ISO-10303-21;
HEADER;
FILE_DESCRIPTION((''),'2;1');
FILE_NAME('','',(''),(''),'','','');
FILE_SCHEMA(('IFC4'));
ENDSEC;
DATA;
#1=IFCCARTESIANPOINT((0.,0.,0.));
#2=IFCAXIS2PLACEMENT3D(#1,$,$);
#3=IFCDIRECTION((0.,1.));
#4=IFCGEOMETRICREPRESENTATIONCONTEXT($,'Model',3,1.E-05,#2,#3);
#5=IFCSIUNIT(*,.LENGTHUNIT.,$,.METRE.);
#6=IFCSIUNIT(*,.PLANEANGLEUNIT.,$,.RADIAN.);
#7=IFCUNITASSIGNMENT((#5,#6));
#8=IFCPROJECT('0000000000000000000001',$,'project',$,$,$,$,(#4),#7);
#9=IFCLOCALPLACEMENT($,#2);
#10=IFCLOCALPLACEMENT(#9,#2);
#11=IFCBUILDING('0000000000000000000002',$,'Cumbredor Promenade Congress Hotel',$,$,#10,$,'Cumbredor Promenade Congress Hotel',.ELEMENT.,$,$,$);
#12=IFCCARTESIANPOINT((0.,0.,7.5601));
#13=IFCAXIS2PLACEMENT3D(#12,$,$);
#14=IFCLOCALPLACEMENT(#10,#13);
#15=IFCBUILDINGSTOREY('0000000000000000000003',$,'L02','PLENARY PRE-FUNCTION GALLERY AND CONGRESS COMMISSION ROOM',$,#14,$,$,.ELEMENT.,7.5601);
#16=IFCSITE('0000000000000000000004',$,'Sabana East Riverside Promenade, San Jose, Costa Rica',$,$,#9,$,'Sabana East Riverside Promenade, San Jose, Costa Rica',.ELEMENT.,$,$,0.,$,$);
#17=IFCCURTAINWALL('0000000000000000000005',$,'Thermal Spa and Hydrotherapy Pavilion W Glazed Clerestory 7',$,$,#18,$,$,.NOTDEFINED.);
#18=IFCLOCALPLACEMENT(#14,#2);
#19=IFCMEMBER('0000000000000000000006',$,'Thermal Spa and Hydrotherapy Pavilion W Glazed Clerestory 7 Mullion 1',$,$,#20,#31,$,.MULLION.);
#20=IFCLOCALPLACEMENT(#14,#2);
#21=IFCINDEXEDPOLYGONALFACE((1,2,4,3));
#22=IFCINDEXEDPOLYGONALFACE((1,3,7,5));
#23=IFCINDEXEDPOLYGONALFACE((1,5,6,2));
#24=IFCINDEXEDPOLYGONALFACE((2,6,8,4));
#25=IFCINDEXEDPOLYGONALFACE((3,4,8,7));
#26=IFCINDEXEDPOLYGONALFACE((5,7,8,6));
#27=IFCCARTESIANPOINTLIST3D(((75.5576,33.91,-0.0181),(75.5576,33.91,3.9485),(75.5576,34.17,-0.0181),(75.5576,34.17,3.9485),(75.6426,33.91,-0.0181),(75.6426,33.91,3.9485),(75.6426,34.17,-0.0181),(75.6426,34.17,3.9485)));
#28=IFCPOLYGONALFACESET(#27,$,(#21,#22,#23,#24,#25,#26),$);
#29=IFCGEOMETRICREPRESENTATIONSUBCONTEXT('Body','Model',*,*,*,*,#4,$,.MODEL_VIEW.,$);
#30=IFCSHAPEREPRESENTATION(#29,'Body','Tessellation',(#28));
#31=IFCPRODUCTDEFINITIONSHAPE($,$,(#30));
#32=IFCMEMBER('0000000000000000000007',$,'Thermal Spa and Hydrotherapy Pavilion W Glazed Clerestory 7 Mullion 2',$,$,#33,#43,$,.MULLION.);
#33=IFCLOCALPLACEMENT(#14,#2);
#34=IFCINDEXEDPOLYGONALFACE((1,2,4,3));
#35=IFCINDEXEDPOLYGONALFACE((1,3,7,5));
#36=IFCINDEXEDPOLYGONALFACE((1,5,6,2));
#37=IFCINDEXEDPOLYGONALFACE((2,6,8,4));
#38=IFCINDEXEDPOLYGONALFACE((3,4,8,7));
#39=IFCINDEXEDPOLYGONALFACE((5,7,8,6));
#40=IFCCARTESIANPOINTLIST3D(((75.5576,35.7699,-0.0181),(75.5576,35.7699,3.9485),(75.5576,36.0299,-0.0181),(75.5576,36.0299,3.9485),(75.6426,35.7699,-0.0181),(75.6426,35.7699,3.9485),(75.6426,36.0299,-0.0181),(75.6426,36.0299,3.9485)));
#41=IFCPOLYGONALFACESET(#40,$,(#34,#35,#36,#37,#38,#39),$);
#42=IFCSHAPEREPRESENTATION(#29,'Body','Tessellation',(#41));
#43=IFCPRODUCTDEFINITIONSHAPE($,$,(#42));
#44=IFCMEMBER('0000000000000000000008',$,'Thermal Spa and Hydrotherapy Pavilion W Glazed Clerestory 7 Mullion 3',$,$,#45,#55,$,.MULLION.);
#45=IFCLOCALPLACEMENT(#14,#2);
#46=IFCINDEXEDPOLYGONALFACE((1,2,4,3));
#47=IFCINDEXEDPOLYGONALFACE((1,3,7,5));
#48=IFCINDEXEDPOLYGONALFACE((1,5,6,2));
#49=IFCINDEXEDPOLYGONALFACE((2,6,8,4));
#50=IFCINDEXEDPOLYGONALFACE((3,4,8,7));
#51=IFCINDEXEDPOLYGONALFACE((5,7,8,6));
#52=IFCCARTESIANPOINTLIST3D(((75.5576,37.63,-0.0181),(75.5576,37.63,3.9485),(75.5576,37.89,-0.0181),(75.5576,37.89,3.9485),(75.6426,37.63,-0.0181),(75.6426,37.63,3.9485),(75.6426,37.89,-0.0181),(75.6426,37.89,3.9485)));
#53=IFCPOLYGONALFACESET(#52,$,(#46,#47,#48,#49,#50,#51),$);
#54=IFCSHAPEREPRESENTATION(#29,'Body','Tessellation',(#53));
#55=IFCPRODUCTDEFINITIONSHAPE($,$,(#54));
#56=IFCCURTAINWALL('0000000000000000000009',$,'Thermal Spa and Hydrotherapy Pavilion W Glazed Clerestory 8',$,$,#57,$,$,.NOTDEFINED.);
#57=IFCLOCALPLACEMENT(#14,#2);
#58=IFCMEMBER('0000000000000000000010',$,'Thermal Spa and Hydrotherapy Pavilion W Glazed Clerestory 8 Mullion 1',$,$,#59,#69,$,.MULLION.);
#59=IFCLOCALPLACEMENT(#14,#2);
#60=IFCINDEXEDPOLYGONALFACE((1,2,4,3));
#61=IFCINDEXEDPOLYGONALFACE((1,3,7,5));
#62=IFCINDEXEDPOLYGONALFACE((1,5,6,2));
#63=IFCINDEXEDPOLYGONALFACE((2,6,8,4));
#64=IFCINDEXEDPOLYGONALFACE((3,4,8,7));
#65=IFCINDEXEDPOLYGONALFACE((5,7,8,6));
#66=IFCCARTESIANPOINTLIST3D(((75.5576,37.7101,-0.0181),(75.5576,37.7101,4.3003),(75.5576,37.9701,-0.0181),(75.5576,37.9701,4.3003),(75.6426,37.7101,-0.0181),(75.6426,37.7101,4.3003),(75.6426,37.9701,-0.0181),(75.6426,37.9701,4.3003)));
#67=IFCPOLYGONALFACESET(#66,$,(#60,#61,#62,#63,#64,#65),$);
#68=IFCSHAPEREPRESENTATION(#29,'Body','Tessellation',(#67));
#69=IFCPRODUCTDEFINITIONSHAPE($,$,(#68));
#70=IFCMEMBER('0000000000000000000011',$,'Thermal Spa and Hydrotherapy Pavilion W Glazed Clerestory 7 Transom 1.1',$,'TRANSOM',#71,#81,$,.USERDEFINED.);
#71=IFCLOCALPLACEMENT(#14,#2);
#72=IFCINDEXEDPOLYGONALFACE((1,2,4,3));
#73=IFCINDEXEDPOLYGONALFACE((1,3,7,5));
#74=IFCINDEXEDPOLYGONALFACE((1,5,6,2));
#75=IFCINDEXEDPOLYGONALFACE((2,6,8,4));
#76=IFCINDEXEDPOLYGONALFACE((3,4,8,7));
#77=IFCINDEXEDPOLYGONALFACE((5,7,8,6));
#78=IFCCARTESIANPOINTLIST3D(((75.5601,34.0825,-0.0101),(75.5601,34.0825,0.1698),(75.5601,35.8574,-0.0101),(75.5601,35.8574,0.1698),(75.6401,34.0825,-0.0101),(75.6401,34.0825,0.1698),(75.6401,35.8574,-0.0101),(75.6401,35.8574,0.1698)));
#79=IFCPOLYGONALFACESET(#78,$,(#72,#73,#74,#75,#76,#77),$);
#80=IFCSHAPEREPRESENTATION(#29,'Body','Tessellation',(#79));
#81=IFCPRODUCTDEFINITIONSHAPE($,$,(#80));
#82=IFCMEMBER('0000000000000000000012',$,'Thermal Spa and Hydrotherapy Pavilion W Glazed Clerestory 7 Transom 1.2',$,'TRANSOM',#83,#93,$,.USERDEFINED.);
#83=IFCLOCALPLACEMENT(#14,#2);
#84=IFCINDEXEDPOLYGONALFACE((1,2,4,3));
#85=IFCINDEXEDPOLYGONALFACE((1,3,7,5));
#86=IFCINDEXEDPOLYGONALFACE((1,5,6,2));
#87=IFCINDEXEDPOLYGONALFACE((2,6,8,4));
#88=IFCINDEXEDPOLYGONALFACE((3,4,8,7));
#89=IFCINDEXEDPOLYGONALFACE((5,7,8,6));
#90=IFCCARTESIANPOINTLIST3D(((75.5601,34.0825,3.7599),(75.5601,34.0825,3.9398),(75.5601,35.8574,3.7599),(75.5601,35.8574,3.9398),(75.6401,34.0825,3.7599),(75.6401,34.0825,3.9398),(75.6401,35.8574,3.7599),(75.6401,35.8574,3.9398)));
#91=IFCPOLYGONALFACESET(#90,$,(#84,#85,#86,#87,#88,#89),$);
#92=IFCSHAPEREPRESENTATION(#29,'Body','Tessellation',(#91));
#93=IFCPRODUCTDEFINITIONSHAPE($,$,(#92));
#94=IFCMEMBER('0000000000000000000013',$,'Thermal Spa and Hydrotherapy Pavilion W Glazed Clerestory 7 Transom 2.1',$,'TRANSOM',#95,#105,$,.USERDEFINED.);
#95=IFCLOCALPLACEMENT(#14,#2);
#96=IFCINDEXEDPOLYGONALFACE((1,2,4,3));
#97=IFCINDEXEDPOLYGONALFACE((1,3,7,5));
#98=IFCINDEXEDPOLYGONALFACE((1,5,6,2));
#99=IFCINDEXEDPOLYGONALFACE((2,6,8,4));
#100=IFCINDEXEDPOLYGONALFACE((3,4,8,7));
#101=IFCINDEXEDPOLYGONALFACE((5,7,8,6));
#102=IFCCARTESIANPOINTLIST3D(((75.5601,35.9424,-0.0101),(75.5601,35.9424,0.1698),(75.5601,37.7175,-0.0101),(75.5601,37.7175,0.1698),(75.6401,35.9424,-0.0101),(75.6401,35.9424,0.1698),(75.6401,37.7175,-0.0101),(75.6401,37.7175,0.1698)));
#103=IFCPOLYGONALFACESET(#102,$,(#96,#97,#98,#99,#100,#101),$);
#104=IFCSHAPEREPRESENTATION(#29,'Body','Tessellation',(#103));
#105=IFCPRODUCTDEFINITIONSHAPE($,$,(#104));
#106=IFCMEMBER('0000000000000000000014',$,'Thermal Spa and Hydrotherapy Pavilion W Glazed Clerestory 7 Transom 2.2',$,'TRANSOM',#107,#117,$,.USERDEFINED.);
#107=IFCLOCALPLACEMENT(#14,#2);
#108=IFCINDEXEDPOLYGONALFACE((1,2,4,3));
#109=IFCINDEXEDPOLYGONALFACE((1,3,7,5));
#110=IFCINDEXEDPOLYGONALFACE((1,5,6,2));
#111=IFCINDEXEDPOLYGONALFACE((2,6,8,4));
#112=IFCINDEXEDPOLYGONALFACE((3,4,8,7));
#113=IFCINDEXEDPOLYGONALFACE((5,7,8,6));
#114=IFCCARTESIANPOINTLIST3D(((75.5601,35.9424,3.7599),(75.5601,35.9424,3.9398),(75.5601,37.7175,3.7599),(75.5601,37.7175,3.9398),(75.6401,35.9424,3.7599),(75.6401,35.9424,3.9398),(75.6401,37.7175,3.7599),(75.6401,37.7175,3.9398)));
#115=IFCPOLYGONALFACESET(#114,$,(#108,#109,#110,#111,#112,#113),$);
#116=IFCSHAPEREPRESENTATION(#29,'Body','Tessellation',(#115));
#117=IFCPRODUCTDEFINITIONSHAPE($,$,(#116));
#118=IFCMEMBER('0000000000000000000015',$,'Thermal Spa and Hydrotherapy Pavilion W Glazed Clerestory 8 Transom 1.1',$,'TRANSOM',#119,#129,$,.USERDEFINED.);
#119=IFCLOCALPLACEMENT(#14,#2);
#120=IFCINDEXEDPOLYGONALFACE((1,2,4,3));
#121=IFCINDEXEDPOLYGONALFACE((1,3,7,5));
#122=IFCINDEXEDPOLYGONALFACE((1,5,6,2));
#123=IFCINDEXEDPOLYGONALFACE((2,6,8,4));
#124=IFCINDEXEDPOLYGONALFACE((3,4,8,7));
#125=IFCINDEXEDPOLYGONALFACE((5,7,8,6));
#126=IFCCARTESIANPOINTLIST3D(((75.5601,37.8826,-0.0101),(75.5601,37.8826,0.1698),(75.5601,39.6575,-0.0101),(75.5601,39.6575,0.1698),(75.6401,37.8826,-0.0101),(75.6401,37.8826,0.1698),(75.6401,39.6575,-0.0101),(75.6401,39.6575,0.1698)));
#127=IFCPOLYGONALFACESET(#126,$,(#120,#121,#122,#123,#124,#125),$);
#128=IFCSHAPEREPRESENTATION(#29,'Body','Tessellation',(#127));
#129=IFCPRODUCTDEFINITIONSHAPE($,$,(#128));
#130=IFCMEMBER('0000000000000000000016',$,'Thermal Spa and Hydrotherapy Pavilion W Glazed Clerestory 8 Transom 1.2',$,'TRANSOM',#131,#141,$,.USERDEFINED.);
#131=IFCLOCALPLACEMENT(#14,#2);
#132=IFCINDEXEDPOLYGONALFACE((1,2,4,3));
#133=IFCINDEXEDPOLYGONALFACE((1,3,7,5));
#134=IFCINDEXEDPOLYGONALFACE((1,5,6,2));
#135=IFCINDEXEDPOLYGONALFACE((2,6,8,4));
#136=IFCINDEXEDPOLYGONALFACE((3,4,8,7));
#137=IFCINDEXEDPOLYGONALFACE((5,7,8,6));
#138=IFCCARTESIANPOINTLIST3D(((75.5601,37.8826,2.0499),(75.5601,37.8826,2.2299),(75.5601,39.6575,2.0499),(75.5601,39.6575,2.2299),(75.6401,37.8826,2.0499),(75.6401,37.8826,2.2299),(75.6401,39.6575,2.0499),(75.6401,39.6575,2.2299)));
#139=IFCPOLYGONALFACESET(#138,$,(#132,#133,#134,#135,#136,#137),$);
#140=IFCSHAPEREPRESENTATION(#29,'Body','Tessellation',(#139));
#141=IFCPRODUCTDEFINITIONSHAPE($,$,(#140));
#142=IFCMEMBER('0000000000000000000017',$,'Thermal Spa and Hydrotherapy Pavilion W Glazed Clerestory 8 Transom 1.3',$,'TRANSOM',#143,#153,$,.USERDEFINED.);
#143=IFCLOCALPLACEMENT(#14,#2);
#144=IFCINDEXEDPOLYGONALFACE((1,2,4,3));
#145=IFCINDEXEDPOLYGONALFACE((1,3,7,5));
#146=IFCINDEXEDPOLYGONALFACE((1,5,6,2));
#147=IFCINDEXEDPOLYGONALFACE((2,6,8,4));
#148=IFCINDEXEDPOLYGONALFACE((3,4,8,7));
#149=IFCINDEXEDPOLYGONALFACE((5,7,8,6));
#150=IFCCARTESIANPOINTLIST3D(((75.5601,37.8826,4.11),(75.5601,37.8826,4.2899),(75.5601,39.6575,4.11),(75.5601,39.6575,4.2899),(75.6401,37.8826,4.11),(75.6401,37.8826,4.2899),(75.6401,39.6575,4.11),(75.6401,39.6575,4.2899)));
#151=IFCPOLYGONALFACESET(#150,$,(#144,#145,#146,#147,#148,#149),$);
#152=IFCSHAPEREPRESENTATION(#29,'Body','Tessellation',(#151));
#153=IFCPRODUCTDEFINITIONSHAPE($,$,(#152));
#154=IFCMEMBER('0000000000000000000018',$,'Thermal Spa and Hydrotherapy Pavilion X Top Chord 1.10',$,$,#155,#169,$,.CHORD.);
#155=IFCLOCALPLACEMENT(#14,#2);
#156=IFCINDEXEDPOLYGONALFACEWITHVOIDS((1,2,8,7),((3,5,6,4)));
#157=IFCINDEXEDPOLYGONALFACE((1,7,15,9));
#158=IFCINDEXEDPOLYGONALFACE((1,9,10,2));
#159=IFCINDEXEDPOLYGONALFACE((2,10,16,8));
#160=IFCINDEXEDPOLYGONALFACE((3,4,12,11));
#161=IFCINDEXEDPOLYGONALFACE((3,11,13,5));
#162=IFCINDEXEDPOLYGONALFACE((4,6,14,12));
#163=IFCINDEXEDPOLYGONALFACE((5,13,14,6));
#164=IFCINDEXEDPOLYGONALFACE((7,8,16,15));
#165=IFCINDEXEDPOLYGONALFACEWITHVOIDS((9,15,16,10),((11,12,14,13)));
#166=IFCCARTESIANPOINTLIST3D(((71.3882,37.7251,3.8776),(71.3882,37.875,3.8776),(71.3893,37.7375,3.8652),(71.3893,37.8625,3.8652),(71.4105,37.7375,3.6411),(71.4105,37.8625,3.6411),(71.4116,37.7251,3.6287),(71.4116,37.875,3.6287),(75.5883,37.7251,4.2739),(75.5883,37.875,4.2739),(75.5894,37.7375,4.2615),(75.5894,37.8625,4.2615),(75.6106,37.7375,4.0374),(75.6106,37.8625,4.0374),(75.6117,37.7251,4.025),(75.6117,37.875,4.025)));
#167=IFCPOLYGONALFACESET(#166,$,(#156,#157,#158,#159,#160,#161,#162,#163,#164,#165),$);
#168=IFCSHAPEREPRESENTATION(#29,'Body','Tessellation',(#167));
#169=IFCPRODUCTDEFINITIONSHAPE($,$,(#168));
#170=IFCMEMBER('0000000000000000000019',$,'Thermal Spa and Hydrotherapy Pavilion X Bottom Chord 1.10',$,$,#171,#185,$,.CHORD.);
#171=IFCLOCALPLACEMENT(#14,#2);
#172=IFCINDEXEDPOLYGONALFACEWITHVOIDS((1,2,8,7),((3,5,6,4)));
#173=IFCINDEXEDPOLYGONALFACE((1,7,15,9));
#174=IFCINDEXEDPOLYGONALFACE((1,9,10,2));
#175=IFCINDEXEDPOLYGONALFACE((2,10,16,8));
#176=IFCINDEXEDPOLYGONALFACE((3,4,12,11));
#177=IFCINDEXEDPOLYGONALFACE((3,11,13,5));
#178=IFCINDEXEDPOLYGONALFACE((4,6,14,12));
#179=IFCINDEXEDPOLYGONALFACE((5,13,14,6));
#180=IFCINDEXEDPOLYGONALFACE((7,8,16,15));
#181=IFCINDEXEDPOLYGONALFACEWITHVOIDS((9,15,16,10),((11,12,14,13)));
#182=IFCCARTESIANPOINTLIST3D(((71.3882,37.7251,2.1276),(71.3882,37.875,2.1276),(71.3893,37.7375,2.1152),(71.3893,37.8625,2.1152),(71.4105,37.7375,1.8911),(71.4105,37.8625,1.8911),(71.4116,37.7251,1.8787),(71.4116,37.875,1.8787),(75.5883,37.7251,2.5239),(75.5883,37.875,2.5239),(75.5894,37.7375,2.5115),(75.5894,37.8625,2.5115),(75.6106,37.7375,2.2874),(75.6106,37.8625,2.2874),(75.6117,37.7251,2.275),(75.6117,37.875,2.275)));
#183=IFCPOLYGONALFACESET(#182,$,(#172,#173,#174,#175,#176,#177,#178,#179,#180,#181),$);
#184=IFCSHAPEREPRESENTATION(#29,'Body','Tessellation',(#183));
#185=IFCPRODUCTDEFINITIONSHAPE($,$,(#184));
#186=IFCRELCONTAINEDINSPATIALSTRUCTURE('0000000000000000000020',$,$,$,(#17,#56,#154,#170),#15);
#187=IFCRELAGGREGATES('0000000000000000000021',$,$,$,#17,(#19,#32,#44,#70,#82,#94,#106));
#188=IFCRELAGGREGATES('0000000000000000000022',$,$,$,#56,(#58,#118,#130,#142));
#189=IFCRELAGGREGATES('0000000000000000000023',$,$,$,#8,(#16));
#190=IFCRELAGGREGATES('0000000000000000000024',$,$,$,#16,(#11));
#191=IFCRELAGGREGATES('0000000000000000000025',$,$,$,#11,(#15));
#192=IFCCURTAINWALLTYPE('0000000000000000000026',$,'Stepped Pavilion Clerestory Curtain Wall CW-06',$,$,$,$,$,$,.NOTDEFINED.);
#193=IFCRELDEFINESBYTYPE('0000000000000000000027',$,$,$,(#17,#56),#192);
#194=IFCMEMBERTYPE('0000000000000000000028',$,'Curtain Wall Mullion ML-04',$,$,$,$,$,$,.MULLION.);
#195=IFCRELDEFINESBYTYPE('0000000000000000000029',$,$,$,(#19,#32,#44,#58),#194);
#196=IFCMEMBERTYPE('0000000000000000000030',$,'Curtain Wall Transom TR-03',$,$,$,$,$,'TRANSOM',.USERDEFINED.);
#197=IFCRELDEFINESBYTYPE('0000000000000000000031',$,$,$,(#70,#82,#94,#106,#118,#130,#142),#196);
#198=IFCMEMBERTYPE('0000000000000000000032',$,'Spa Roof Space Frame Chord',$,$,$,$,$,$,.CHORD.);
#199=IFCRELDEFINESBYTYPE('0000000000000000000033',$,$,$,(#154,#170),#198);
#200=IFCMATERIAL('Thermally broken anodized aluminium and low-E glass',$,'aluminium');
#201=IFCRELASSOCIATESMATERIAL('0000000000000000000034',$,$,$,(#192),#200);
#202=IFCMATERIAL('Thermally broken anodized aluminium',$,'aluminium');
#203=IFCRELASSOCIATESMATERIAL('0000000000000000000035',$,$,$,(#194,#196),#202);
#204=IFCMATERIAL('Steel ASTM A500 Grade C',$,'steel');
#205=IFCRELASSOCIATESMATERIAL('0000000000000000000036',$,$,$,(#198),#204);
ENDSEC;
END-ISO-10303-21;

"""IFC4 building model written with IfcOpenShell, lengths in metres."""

from ifc_helpers import new_model, si_unit, direction, frame, origin, origin_2d, place, context, subcontext, project, spatial, rectangle, hollow_rectangle, extrude, material, material_profile, profile_set, type_object, element, aggregate, save


model = new_model("IFC4")

# Units and contexts
model_context = context("Model", 3, precision=1e-05, world=origin(), true_north=direction((0.0, 1.0)))
body_context = subcontext(model_context, "Body", "Model", "MODEL_VIEW")
ifc_project = project(units=[si_unit("LENGTHUNIT", "METRE"), si_unit("PLANEANGLEUNIT", "RADIAN")], contexts=[model_context])

# Site, building, storey
site_placement = place(None, origin())
site = spatial("IfcSite", under=ifc_project, at=site_placement, Name="Sabana East Riverside Promenade, San Jose, Costa Rica", LongName="Sabana East Riverside Promenade, San Jose, Costa Rica", CompositionType="ELEMENT", RefElevation=0.0)
building_placement = place(site_placement, origin())
building = spatial("IfcBuilding", under=site, at=building_placement, Name="Cumbredor Promenade Congress Hotel", LongName="Cumbredor Promenade Congress Hotel", CompositionType="ELEMENT")
storey_placement = place(building_placement, frame((0.0, 0.0, 7.5601)))
storey = spatial("IfcBuildingStorey", under=building, at=storey_placement, Name="L02", Description="PLENARY PRE-FUNCTION GALLERY AND CONGRESS COMMISSION ROOM", CompositionType="ELEMENT", Elevation=7.5601)

# Curtain wall, members
ifc_material_1 = material(Name="Thermally broken anodized aluminium and low-E glass", Category="aluminium")
curtain_wall_type = type_object("IfcCurtainWallType", Name="Stepped Pavilion Clerestory Curtain Wall CW-06", PredefinedType="NOTDEFINED", material=ifc_material_1)
curtain_wall_1_placement = place(storey_placement, origin())
curtain_wall_1 = element("IfcCurtainWall", 1, at=curtain_wall_1_placement, inside=storey, type_object=curtain_wall_type, Name="Thermal Spa and Hydrotherapy Pavilion W Glazed Clerestory 7", PredefinedType="NOTDEFINED")
ifc_material_2 = material(Name="Thermally broken anodized aluminium", Category="aluminium")
ifc_material_profile_1 = material_profile(ifc_material_2, rectangle(XDim=0.085, YDim=0.26, at=origin_2d()), Name="ALU MULLION CLERESTORY 85x260")
ifc_profile_set_1 = profile_set([ifc_material_profile_1], Name="Thermally broken anodized aluminium")
member_type_1 = type_object("IfcMemberType", Name="Curtain Wall Mullion ML-04", PredefinedType="MULLION", material=ifc_profile_set_1)
member_1_placement = place(storey_placement, frame((75.6001, 34.04, -0.0181), z_axis=(0.0, 0.0, 1.0), x_axis=(1.0, 0.0, 0.0)))
member_1 = element("IfcMember", 2, at=member_1_placement, type_object=member_type_1, Name="Thermal Spa and Hydrotherapy Pavilion W Glazed Clerestory 7 Mullion 1", PredefinedType="MULLION", context=body_context, shape_type="SweptSolid", body=[
    extrude(rectangle(XDim=0.085, YDim=0.26, at=origin_2d()), origin(), (0.0, 0.0, 1.0), 3.9666),
])
member_2_placement = place(storey_placement, frame((75.6001, 35.8999, -0.0181), z_axis=(0.0, 0.0, 1.0), x_axis=(1.0, 0.0, 0.0)))
member_2 = element("IfcMember", 3, at=member_2_placement, type_object=member_type_1, Name="Thermal Spa and Hydrotherapy Pavilion W Glazed Clerestory 7 Mullion 2", PredefinedType="MULLION", context=body_context, shape_type="SweptSolid", body=[
    extrude(rectangle(XDim=0.085, YDim=0.26, at=origin_2d()), origin(), (0.0, 0.0, 1.0), 3.9666),
])
member_3_placement = place(storey_placement, frame((75.6001, 37.76, -0.0181), z_axis=(0.0, 0.0, 1.0), x_axis=(1.0, 0.0, 0.0)))
member_3 = element("IfcMember", 4, at=member_3_placement, type_object=member_type_1, Name="Thermal Spa and Hydrotherapy Pavilion W Glazed Clerestory 7 Mullion 3", PredefinedType="MULLION", context=body_context, shape_type="SweptSolid", body=[
    extrude(rectangle(XDim=0.085, YDim=0.26, at=origin_2d()), origin(), (0.0, 0.0, 1.0), 3.9666),
])

# Curtain wall, member
curtain_wall_2_placement = place(storey_placement, origin())
curtain_wall_2 = element("IfcCurtainWall", 5, at=curtain_wall_2_placement, inside=storey, type_object=curtain_wall_type, Name="Thermal Spa and Hydrotherapy Pavilion W Glazed Clerestory 8", PredefinedType="NOTDEFINED")
member_4_placement = place(storey_placement, frame((75.6001, 37.8401, -0.0181), z_axis=(0.0, 0.0, 1.0), x_axis=(1.0, 0.0, 0.0)))
member_4 = element("IfcMember", 6, at=member_4_placement, type_object=member_type_1, Name="Thermal Spa and Hydrotherapy Pavilion W Glazed Clerestory 8 Mullion 1", PredefinedType="MULLION", context=body_context, shape_type="SweptSolid", body=[
    extrude(rectangle(XDim=0.085, YDim=0.26, at=origin_2d()), origin(), (0.0, 0.0, 1.0), 4.3184),
])

# Members
ifc_material_profile_2 = material_profile(ifc_material_2, rectangle(XDim=0.0801, YDim=0.1799, at=origin_2d()), Name="ALU TRANSOM 80x180")
ifc_profile_set_2 = profile_set([ifc_material_profile_2], Name="Thermally broken anodized aluminium")
member_type_2 = type_object("IfcMemberType", Name="Curtain Wall Transom TR-03", ElementType="TRANSOM", PredefinedType="USERDEFINED", material=ifc_profile_set_2)
member_5_placement = place(storey_placement, frame((75.6001, 34.0825, 0.0798), z_axis=(0.0, 1.0, 0.0), x_axis=(-1.0, 0.0, 0.0)))
member_5 = element("IfcMember", 7, at=member_5_placement, type_object=member_type_2, Name="Thermal Spa and Hydrotherapy Pavilion W Glazed Clerestory 7 Transom 1.1", ObjectType="TRANSOM", PredefinedType="USERDEFINED", context=body_context, shape_type="SweptSolid", body=[
    extrude(rectangle(XDim=0.0801, YDim=0.1799, at=origin_2d()), origin(), (0.0, 0.0, 1.0), 1.7749),
])
member_6_placement = place(storey_placement, frame((75.6001, 34.0825, 3.8499), z_axis=(0.0, 1.0, 0.0), x_axis=(-1.0, 0.0, 0.0)))
member_6 = element("IfcMember", 8, at=member_6_placement, type_object=member_type_2, Name="Thermal Spa and Hydrotherapy Pavilion W Glazed Clerestory 7 Transom 1.2", ObjectType="TRANSOM", PredefinedType="USERDEFINED", context=body_context, shape_type="SweptSolid", body=[
    extrude(rectangle(XDim=0.0801, YDim=0.1799, at=origin_2d()), origin(), (0.0, 0.0, 1.0), 1.7749),
])
member_7_placement = place(storey_placement, frame((75.6001, 35.9424, 0.0798), z_axis=(0.0, 1.0, 0.0), x_axis=(-1.0, 0.0, 0.0)))
member_7 = element("IfcMember", 9, at=member_7_placement, type_object=member_type_2, Name="Thermal Spa and Hydrotherapy Pavilion W Glazed Clerestory 7 Transom 2.1", ObjectType="TRANSOM", PredefinedType="USERDEFINED", context=body_context, shape_type="SweptSolid", body=[
    extrude(rectangle(XDim=0.0801, YDim=0.1799, at=origin_2d()), origin(), (0.0, 0.0, 1.0), 1.7751),
])
member_8_placement = place(storey_placement, frame((75.6001, 35.9424, 3.8499), z_axis=(0.0, 1.0, 0.0), x_axis=(-1.0, 0.0, 0.0)))
member_8 = element("IfcMember", 10, at=member_8_placement, type_object=member_type_2, Name="Thermal Spa and Hydrotherapy Pavilion W Glazed Clerestory 7 Transom 2.2", ObjectType="TRANSOM", PredefinedType="USERDEFINED", context=body_context, shape_type="SweptSolid", body=[
    extrude(rectangle(XDim=0.0801, YDim=0.1799, at=origin_2d()), origin(), (0.0, 0.0, 1.0), 1.7751),
])
member_9_placement = place(storey_placement, frame((75.6001, 37.8826, 0.0798), z_axis=(0.0, 1.0, 0.0), x_axis=(-1.0, 0.0, 0.0)))
member_9 = element("IfcMember", 11, at=member_9_placement, type_object=member_type_2, Name="Thermal Spa and Hydrotherapy Pavilion W Glazed Clerestory 8 Transom 1.1", ObjectType="TRANSOM", PredefinedType="USERDEFINED", context=body_context, shape_type="SweptSolid", body=[
    extrude(rectangle(XDim=0.0801, YDim=0.1799, at=origin_2d()), origin(), (0.0, 0.0, 1.0), 1.7749),
])
member_10_placement = place(storey_placement, frame((75.6001, 37.8826, 2.1399), z_axis=(0.0, 1.0, 0.0), x_axis=(-1.0, 0.0, 0.0)))
member_10 = element("IfcMember", 12, at=member_10_placement, type_object=member_type_2, Name="Thermal Spa and Hydrotherapy Pavilion W Glazed Clerestory 8 Transom 1.2", ObjectType="TRANSOM", PredefinedType="USERDEFINED", context=body_context, shape_type="SweptSolid", body=[
    extrude(rectangle(XDim=0.0801, YDim=0.1799, at=origin_2d()), origin(), (0.0, 0.0, 1.0), 1.7749),
])
member_11_placement = place(storey_placement, frame((75.6001, 37.8826, 4.2), z_axis=(0.0, 1.0, 0.0), x_axis=(-1.0, 0.0, 0.0)))
member_11 = element("IfcMember", 13, at=member_11_placement, type_object=member_type_2, Name="Thermal Spa and Hydrotherapy Pavilion W Glazed Clerestory 8 Transom 1.3", ObjectType="TRANSOM", PredefinedType="USERDEFINED", context=body_context, shape_type="SweptSolid", body=[
    extrude(rectangle(XDim=0.0801, YDim=0.1799, at=origin_2d()), origin(), (0.0, 0.0, 1.0), 1.7749),
])

# Members
ifc_material_3 = material(Name="Steel ASTM A500 Grade C", Category="steel")
ifc_material_profile_3 = material_profile(ifc_material_3, hollow_rectangle(XDim=0.1499, YDim=0.25, WallThickness=0.0125, at=origin_2d()), Name="HSS 250x150x12.5")
ifc_profile_set_3 = profile_set([ifc_material_profile_3], Name="Steel ASTM A500 Grade C")
member_type_3 = type_object("IfcMemberType", Name="Spa Roof Space Frame Chord", PredefinedType="CHORD", material=ifc_profile_set_3)
for number, where, z_axis, x_axis, name in (
    (14, (71.3999, 37.8, 3.7532), (0.99558, 0.0, 0.093922), (0.0, 1.0, 0.0), "Thermal Spa and Hydrotherapy Pavilion X Top Chord 1.10"),
    (15, (71.3999, 37.8, 2.0032), (0.99558, 0.0, 0.093922), (0.0, 1.0, 0.0), "Thermal Spa and Hydrotherapy Pavilion X Bottom Chord 1.10"),
):
    element("IfcMember", number, at=place(storey_placement, frame(where, z_axis=z_axis, x_axis=x_axis)), inside=storey, type_object=member_type_3, Name=name, PredefinedType="CHORD", context=body_context, shape_type="SweptSolid", body=[
        extrude(hollow_rectangle(XDim=0.1499, YDim=0.25, WallThickness=0.0125, at=origin_2d()), origin(), (0.0, 0.0, 1.0), 4.2188),
    ])

aggregate(curtain_wall_1, [member_1, member_2, member_3, member_5, member_6, member_7, member_8])
aggregate(curtain_wall_2, [member_4, member_9, member_10, member_11])

save(model, "model.ifc")
